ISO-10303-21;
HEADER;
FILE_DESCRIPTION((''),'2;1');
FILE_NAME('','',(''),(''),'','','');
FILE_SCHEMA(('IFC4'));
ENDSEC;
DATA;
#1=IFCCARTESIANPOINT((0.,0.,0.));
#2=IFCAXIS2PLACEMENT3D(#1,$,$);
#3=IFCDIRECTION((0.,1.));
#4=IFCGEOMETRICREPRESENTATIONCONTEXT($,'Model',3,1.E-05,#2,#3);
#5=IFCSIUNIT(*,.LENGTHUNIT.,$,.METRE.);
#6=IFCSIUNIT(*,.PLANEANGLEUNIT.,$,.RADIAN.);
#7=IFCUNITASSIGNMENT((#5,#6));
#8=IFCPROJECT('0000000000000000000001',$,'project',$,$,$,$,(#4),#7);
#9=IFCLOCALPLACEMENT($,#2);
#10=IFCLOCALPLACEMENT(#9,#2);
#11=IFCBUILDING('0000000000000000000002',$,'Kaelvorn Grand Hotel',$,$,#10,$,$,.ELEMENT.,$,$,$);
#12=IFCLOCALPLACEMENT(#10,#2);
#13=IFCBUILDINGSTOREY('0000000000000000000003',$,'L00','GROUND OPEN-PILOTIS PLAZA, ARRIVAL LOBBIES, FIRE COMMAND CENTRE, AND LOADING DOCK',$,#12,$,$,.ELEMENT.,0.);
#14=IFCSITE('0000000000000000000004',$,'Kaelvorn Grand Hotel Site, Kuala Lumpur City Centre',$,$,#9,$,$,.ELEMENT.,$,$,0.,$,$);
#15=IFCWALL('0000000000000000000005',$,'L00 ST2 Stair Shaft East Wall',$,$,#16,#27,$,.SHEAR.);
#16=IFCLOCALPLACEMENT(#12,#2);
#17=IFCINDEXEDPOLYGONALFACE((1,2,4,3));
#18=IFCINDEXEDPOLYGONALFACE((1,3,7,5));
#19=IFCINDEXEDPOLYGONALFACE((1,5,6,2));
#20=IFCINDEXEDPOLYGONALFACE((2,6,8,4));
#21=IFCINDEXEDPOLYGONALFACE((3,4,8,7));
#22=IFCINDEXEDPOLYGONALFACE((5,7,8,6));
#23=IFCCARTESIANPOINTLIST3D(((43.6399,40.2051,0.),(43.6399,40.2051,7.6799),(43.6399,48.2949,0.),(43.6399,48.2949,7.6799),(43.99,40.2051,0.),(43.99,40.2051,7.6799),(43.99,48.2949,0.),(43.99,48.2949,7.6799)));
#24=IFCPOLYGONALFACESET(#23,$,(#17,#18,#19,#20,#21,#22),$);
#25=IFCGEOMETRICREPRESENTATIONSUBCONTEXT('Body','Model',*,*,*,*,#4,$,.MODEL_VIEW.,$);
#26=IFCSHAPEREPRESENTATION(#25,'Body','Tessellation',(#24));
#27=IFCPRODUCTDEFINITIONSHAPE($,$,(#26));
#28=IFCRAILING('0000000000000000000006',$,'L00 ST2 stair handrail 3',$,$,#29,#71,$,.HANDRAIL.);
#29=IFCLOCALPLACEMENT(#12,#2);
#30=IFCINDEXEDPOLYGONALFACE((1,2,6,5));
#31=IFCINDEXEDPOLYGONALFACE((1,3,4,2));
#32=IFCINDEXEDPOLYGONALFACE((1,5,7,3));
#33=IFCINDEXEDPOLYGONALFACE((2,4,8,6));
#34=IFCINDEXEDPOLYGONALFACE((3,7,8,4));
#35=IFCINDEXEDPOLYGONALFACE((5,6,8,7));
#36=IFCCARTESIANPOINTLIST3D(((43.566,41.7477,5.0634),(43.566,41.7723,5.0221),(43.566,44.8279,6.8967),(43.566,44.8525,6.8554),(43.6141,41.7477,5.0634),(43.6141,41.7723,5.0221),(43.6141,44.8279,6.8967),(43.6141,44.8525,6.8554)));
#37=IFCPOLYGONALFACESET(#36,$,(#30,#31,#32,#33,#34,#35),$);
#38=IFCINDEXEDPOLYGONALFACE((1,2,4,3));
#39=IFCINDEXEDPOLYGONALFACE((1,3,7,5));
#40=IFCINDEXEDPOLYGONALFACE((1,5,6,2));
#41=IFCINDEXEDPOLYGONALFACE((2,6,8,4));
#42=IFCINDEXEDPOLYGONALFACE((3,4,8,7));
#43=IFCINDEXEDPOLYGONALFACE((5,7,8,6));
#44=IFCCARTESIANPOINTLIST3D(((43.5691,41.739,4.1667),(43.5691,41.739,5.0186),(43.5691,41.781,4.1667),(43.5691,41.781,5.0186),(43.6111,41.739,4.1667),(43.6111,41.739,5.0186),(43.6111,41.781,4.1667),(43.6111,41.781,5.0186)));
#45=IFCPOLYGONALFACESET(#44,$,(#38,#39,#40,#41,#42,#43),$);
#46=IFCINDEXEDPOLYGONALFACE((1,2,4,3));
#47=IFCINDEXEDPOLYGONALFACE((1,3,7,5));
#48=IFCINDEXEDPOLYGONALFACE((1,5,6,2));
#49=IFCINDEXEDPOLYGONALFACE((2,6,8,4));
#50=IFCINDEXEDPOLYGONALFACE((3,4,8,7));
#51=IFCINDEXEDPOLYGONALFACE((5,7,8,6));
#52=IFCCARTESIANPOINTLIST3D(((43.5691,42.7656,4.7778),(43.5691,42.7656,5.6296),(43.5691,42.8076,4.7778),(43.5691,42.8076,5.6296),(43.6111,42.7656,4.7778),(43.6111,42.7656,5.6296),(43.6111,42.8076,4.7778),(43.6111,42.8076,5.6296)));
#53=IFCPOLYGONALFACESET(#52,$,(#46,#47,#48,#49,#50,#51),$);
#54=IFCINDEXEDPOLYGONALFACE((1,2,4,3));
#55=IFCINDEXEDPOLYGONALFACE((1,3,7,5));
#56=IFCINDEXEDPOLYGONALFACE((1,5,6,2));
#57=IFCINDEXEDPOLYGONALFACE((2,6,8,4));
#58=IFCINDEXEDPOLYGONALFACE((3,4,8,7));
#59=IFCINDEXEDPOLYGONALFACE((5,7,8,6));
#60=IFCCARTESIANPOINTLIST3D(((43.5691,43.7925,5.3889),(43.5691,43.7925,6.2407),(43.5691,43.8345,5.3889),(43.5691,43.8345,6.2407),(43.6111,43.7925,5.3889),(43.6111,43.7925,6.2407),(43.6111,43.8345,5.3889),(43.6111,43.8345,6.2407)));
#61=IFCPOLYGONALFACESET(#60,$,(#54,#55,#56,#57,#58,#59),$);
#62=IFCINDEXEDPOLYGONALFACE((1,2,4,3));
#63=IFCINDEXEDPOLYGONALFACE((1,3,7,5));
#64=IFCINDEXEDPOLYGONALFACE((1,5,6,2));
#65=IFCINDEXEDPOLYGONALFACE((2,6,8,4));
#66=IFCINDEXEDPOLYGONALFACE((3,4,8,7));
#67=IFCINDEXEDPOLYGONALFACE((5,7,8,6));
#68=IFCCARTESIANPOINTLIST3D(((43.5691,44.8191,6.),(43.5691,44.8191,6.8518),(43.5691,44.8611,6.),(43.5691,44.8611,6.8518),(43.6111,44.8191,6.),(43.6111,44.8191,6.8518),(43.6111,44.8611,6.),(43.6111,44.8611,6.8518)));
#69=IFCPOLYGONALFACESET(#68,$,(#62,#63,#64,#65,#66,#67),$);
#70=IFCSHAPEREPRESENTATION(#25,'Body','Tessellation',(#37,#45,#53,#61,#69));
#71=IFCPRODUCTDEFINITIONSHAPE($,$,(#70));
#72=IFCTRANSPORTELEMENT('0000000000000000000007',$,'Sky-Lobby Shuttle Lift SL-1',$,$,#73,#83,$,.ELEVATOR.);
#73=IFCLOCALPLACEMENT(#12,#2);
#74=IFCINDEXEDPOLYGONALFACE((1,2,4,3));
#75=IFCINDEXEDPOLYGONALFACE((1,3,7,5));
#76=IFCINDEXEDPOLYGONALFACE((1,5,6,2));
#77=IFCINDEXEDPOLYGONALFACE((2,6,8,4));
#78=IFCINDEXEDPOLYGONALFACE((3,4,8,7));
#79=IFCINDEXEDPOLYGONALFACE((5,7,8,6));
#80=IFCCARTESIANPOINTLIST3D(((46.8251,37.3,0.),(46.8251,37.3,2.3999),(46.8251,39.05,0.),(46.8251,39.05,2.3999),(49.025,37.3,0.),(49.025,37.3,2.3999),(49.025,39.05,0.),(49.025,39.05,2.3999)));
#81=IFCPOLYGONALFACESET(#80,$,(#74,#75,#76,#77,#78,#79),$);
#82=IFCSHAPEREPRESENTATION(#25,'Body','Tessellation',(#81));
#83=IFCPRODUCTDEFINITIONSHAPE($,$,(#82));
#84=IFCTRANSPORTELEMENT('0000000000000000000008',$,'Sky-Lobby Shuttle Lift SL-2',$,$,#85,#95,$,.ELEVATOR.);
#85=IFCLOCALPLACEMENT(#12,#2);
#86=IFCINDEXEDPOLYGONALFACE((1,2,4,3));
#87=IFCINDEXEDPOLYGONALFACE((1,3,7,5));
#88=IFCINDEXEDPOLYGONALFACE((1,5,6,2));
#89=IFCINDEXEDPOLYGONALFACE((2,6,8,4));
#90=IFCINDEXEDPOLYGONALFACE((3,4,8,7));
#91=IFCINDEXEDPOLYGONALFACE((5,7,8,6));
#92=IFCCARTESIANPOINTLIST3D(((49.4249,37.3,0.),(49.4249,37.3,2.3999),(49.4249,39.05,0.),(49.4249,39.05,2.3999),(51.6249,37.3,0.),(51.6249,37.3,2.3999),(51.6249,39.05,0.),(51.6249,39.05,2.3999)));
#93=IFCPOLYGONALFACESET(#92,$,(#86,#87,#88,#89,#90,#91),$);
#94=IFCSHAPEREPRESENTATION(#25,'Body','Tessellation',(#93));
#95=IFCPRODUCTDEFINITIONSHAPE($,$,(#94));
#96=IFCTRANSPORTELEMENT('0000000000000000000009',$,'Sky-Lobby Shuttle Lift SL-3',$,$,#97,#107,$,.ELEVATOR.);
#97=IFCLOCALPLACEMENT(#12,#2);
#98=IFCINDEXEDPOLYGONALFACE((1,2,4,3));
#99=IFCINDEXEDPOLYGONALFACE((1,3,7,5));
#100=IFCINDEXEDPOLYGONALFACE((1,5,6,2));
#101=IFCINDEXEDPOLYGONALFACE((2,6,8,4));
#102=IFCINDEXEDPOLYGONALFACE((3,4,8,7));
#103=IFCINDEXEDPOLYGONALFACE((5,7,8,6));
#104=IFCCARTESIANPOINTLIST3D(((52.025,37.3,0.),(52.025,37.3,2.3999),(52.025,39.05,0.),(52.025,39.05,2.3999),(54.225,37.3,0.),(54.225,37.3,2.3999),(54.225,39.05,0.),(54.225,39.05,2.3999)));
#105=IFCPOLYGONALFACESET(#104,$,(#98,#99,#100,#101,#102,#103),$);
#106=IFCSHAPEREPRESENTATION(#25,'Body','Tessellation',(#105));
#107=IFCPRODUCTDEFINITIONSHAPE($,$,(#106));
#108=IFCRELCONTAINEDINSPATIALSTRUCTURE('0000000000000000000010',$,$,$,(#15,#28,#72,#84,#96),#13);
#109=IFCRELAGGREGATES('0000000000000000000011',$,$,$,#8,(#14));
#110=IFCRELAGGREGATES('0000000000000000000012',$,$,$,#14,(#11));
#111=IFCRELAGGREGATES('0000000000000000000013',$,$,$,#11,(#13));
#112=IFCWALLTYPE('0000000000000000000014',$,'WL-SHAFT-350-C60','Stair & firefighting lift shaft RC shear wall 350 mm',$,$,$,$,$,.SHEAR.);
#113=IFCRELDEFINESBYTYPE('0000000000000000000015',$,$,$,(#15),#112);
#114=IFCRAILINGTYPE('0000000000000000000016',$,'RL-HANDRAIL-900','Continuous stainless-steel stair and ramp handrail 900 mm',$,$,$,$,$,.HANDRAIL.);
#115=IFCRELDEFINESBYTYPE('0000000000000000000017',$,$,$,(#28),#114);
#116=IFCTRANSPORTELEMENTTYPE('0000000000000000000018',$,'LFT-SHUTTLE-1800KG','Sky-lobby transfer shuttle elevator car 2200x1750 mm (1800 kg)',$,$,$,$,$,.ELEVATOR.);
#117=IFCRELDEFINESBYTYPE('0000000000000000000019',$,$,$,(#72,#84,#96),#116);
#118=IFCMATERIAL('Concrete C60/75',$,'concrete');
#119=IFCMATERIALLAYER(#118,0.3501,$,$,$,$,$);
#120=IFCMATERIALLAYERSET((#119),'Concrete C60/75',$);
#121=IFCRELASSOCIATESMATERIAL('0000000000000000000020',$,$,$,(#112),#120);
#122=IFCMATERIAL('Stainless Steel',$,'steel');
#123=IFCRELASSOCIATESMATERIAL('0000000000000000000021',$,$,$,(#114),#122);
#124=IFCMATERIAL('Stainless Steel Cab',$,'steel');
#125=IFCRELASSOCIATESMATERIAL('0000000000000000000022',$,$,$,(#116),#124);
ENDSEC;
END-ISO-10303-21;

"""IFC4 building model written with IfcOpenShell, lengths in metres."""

from ifc_helpers import new_model, si_unit, direction, frame, frame_2d, origin, origin_2d, place, context, subcontext, project, spatial, rectangle, extrude, material, layer, layer_set, type_object, element, save


model = new_model("IFC4")

# Units and contexts
model_context = context("Model", 3, precision=1e-05, world=origin(), true_north=direction((0.0, 1.0)))
body_context = subcontext(model_context, "Body", "Model", "MODEL_VIEW")
ifc_project = project(units=[si_unit("LENGTHUNIT", "METRE"), si_unit("PLANEANGLEUNIT", "RADIAN")], contexts=[model_context])

# Site, building, storey
site_placement = place(None, origin())
site = spatial("IfcSite", under=ifc_project, at=site_placement, Name="Kaelvorn Grand Hotel Site, Kuala Lumpur City Centre", CompositionType="ELEMENT", RefElevation=0.0)
building_placement = place(site_placement, origin())
building = spatial("IfcBuilding", under=site, at=building_placement, Name="Kaelvorn Grand Hotel", CompositionType="ELEMENT")
storey_placement = place(building_placement, origin())
storey = spatial("IfcBuildingStorey", under=building, at=storey_placement, Name="L00", Description="GROUND OPEN-PILOTIS PLAZA, ARRIVAL LOBBIES, FIRE COMMAND CENTRE, AND LOADING DOCK", CompositionType="ELEMENT", Elevation=0.0)

# Shared definitions
ifc_material_1 = material(Name="Concrete C60/75", Category="concrete")

# Shared definitions
ifc_material_2 = material(Name="Stainless Steel", Category="steel")

# Wall
ifc_layer_1 = layer(ifc_material_1, 0.3501)
ifc_layer_set_1 = layer_set([ifc_layer_1], Name="Concrete C60/75")
wall_type_1 = type_object("IfcWallType", Name="WL-SHAFT-350-C60", Description="Stair & firefighting lift shaft RC shear wall 350 mm", PredefinedType="SHEAR", material=ifc_layer_set_1)
wall_1_placement = place(storey_placement, frame((43.8149, 40.2051, 0.0), z_axis=(0.0, 0.0, 1.0), x_axis=(0.0, 1.0, 0.0)))
element("IfcWall", 1, at=wall_1_placement, inside=storey, type_object=wall_type_1, Name="L00 ST2 Stair Shaft East Wall", PredefinedType="SHEAR", context=body_context, shape_type="SweptSolid", body=[
    extrude(rectangle(XDim=8.0898, YDim=0.3501, at=frame_2d((4.0449, 0.0))), origin(), (0.0, 0.0, 1.0), 7.6799),
])

# Railing
railing_type = type_object("IfcRailingType", Name="RL-HANDRAIL-900", Description="Continuous stainless-steel stair and ramp handrail 900 mm", PredefinedType="HANDRAIL", material=ifc_material_2)
railing_placement = place(storey_placement, frame((43.5901, 41.76, 4.1667)))
element("IfcRailing", 2, at=railing_placement, inside=storey, type_object=railing_type, Name="L00 ST2 stair handrail 3", PredefinedType="HANDRAIL", context=body_context, shape_type="SweptSolid", body=[
    extrude(rectangle(XDim=0.0481, YDim=0.0481, at=origin_2d()), frame((0.0, 0.0, 0.876), z_axis=(0.0, 0.859309, 0.511458), x_axis=(-1.0, 0.0, 0.0)), (0.0, 0.0, 1.0), 3.5845),
    extrude(rectangle(XDim=0.042, YDim=0.042, at=origin_2d()), origin(), (0.0, 0.0, 1.0), 0.8518),
    extrude(rectangle(XDim=0.042, YDim=0.042, at=origin_2d()), frame((0.0, 1.0266, 0.6111)), (0.0, 0.0, 1.0), 0.8518),
    extrude(rectangle(XDim=0.042, YDim=0.042, at=origin_2d()), frame((0.0, 2.0535, 1.2222)), (0.0, 0.0, 1.0), 0.8518),
    extrude(rectangle(XDim=0.042, YDim=0.042, at=origin_2d()), frame((0.0, 3.0801, 1.8333)), (0.0, 0.0, 1.0), 0.8518),
])

# Transport elements
ifc_material_3 = material(Name="Stainless Steel Cab", Category="steel")
transport_element_type = type_object("IfcTransportElementType", Name="LFT-SHUTTLE-1800KG", Description="Sky-lobby transfer shuttle elevator car 2200x1750 mm (1800 kg)", PredefinedType="ELEVATOR", material=ifc_material_3)
for number, where, z_axis, x_axis, name in (
    (3, (47.925, 38.175, 0.0), (0.0, 0.0, 1.0), (1.0, 0.0, 0.0), "Sky-Lobby Shuttle Lift SL-1"),
    (4, (50.5249, 38.175, 0.0), (0.0, 0.0, 1.0), (1.0, 0.0, 0.0), "Sky-Lobby Shuttle Lift SL-2"),
    (5, (53.125, 38.175, 0.0), (0.0, 0.0, 1.0), (1.0, 0.0, 0.0), "Sky-Lobby Shuttle Lift SL-3"),
):
    element("IfcTransportElement", number, at=place(storey_placement, frame(where, z_axis=z_axis, x_axis=x_axis)), inside=storey, type_object=transport_element_type, Name=name, PredefinedType="ELEVATOR", context=body_context, shape_type="SweptSolid", body=[
        extrude(rectangle(XDim=2.2, YDim=1.75, at=origin_2d()), origin(), (0.0, 0.0, 1.0), 2.3999),
    ])

save(model, "model.ifc")
